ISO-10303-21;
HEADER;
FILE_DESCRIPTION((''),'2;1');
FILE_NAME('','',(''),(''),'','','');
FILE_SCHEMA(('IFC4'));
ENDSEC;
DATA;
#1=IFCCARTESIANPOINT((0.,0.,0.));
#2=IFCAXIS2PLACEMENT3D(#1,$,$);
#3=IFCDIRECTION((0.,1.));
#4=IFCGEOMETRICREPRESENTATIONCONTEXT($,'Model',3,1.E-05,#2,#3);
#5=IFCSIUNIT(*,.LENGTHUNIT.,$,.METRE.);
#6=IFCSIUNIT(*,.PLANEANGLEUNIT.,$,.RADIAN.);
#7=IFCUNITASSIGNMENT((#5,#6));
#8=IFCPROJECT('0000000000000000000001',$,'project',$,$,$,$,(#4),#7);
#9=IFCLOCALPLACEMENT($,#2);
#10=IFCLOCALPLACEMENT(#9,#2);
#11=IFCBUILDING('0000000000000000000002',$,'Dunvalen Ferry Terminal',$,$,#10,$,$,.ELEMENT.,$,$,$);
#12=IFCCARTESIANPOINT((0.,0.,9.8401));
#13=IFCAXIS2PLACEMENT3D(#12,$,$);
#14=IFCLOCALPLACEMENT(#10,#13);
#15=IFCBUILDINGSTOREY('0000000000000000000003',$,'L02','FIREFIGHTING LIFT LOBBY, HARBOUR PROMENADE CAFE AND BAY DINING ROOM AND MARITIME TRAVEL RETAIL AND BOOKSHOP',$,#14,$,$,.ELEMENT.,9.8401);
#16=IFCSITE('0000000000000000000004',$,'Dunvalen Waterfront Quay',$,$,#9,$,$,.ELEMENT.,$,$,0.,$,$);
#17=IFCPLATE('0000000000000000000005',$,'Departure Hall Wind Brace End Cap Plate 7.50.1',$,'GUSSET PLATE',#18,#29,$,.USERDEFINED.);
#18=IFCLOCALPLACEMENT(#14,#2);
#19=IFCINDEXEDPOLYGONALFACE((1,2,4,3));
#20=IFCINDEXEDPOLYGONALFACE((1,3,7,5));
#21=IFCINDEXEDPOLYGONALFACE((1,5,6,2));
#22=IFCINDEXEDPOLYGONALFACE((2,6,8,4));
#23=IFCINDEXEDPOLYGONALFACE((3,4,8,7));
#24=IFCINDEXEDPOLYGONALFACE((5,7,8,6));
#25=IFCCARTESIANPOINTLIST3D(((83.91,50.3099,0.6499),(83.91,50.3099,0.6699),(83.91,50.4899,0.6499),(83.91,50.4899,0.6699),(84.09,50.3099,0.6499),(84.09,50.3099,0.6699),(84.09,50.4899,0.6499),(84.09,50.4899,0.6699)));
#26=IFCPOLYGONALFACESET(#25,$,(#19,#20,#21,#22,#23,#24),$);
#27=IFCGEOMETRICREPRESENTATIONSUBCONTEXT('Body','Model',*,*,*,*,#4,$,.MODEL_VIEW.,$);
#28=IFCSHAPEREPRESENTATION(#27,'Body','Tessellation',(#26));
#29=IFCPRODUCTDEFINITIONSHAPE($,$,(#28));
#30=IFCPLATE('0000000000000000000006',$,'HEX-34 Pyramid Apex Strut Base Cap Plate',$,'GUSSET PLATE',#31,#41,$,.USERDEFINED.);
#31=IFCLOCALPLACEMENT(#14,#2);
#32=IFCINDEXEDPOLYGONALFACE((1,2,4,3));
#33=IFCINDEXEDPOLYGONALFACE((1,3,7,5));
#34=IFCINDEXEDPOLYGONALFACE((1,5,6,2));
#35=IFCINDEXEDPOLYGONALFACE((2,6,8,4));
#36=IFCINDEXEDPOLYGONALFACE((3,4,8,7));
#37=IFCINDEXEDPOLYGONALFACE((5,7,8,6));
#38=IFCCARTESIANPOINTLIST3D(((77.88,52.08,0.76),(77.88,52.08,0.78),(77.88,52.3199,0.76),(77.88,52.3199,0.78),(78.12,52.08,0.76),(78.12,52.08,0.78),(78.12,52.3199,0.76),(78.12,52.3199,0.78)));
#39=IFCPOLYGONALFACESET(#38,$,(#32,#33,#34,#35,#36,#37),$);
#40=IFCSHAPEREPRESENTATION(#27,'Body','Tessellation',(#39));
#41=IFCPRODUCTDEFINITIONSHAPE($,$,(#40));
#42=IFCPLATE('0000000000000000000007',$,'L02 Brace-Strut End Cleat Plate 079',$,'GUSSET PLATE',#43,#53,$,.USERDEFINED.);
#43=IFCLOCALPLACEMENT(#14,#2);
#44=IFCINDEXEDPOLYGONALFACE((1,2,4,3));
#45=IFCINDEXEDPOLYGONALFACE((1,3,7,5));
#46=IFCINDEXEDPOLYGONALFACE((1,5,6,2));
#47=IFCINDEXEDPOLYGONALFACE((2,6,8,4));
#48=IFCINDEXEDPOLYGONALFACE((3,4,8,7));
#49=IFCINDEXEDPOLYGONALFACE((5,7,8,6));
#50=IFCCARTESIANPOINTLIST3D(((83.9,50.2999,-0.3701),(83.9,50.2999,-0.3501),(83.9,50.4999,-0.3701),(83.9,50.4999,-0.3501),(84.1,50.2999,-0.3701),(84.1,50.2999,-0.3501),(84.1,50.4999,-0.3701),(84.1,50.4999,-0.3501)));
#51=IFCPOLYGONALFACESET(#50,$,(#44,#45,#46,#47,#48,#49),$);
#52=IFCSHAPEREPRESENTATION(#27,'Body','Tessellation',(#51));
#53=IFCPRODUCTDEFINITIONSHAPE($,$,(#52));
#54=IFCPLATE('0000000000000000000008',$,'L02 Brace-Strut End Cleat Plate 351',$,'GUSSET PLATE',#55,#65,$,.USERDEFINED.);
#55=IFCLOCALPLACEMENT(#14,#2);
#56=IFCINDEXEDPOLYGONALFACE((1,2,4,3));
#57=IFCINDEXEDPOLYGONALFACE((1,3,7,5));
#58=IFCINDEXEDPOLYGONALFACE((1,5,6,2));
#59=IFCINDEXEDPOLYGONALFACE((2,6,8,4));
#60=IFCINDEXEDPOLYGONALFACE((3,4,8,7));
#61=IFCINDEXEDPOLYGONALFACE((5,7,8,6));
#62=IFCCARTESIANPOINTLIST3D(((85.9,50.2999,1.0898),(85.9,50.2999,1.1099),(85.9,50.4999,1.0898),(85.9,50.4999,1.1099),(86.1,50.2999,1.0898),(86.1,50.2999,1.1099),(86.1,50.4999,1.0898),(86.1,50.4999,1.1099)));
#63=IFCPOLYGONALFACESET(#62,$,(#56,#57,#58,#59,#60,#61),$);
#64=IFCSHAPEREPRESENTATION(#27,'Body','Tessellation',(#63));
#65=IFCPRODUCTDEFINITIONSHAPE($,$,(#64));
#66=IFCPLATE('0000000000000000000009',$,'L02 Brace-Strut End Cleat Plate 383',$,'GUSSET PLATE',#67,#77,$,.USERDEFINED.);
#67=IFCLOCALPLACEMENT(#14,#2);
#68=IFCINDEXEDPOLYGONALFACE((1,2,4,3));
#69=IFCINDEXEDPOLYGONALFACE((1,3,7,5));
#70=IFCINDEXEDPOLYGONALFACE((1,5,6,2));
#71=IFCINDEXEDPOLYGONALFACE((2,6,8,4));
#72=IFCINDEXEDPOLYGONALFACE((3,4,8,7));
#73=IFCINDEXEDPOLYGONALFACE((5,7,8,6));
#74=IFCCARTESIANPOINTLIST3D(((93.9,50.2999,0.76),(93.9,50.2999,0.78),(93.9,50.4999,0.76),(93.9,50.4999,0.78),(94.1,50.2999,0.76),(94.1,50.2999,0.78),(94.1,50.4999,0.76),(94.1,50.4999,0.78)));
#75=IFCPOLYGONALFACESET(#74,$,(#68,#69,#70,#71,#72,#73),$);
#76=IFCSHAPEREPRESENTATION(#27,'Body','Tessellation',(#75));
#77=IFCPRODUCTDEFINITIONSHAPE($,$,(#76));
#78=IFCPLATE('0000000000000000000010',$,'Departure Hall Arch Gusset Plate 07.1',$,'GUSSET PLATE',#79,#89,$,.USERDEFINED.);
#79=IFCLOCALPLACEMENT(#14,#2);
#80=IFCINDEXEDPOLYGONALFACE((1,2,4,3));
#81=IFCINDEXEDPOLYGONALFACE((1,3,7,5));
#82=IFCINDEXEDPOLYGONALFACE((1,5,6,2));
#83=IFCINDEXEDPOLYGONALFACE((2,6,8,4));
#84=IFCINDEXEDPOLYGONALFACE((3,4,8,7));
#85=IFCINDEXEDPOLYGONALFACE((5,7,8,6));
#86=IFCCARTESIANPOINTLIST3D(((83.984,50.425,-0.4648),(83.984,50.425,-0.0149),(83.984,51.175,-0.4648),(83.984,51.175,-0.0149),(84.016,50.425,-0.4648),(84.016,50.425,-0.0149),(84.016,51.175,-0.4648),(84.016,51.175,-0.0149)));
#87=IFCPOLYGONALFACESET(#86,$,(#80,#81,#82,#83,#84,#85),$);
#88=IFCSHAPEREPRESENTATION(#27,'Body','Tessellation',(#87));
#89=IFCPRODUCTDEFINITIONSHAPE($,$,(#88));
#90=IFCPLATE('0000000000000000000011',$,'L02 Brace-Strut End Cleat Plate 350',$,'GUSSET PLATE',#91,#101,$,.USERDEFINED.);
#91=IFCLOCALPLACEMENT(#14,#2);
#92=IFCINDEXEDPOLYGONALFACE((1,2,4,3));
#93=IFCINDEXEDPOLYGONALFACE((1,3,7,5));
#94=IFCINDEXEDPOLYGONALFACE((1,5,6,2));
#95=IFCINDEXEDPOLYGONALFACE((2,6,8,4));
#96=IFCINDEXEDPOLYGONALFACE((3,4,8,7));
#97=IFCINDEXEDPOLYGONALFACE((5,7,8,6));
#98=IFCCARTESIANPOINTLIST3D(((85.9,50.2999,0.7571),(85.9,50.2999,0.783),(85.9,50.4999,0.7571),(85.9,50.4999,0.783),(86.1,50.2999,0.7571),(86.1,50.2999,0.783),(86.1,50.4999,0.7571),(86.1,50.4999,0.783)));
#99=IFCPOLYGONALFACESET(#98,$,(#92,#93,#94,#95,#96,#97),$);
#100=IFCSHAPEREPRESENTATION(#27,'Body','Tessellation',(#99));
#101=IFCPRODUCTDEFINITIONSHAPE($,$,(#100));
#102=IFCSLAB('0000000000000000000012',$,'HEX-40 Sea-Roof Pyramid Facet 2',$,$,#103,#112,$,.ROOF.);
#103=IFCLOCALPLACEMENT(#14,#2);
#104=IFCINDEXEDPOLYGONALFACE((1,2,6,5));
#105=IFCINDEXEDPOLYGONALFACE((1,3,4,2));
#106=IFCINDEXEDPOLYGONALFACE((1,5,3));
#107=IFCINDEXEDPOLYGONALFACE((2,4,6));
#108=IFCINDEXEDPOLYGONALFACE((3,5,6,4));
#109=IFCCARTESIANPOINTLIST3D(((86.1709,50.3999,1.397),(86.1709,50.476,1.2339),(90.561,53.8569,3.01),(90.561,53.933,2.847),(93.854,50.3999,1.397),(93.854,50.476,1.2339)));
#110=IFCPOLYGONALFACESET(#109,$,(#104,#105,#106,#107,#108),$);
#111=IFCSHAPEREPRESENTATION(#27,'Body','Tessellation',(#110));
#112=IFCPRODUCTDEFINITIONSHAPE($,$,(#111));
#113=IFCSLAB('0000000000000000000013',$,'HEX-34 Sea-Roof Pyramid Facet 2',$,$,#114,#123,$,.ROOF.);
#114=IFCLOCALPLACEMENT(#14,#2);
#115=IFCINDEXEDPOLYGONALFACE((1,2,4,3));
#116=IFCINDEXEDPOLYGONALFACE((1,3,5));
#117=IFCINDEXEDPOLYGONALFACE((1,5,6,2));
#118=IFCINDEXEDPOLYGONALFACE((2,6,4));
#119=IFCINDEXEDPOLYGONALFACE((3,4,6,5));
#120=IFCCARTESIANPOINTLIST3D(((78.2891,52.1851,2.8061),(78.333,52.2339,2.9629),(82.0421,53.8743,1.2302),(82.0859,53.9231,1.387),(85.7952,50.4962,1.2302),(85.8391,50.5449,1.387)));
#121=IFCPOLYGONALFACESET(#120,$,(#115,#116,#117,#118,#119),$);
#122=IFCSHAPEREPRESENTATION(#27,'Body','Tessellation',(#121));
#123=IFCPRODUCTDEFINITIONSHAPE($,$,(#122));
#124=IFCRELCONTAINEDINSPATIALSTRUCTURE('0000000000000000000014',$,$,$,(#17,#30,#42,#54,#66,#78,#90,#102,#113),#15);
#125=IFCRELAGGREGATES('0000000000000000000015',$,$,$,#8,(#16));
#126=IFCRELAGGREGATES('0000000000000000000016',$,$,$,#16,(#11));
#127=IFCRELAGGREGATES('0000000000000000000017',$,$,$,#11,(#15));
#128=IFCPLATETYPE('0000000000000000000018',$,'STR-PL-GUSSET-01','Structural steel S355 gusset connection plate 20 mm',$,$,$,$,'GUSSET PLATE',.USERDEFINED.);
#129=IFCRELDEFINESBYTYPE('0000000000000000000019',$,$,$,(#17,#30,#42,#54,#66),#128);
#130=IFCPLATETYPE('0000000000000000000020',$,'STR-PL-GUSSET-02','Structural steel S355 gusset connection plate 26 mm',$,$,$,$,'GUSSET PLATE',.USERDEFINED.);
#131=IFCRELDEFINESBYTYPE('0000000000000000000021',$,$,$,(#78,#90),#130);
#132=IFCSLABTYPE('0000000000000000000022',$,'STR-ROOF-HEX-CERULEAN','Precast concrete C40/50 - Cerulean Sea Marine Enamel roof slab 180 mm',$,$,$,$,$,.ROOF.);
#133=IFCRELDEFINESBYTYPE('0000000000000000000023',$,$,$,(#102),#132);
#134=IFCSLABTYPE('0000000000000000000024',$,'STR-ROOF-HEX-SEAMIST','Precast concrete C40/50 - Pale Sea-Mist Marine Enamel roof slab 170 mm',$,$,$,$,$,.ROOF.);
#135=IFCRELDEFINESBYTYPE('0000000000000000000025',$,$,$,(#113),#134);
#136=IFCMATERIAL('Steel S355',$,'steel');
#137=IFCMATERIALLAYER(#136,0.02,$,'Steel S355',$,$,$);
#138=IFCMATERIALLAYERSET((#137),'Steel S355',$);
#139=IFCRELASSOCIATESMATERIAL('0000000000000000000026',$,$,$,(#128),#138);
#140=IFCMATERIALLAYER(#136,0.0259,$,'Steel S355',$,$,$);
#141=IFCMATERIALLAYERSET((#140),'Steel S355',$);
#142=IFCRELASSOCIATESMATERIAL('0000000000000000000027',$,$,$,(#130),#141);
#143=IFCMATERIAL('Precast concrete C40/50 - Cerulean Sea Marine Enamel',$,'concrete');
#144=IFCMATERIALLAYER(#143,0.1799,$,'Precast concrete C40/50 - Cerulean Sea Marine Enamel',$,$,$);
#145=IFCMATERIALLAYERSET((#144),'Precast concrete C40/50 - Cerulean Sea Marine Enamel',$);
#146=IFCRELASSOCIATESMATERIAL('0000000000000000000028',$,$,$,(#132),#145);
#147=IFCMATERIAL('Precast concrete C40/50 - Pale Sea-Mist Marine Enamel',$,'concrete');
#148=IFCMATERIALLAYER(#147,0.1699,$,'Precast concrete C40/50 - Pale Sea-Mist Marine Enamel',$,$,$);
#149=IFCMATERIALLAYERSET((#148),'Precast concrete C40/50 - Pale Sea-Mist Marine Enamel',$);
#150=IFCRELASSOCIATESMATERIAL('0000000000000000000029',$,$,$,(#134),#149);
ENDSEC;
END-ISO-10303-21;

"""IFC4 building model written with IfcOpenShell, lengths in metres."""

from ifc_helpers import new_model, si_unit, direction, frame, origin, origin_2d, place, context, subcontext, project, spatial, polyline, rectangle, outline, extrude, material, layer, layer_set, type_object, element, save


model = new_model("IFC4")

# Units and contexts
model_context = context("Model", 3, precision=1e-05, world=origin(), true_north=direction((0.0, 1.0)))
body_context = subcontext(model_context, "Body", "Model", "MODEL_VIEW")
ifc_project = project(units=[si_unit("LENGTHUNIT", "METRE"), si_unit("PLANEANGLEUNIT", "RADIAN")], contexts=[model_context])

# Site, building, storey
site_placement = place(None, origin())
site = spatial("IfcSite", under=ifc_project, at=site_placement, Name="Dunvalen Waterfront Quay", CompositionType="ELEMENT", RefElevation=0.0)
building_placement = place(site_placement, origin())
building = spatial("IfcBuilding", under=site, at=building_placement, Name="Dunvalen Ferry Terminal", CompositionType="ELEMENT")
storey_placement = place(building_placement, frame((0.0, 0.0, 9.8401)))
storey = spatial("IfcBuildingStorey", under=building, at=storey_placement, Name="L02", Description="FIREFIGHTING LIFT LOBBY, HARBOUR PROMENADE CAFE AND BAY DINING ROOM AND MARITIME TRAVEL RETAIL AND BOOKSHOP", CompositionType="ELEMENT", Elevation=9.8401)

# Shared definitions
ifc_material_1 = material(Name="Steel S355", Category="steel")

# Plates
ifc_layer_1 = layer(ifc_material_1, 0.02, Name="Steel S355")
ifc_layer_set_1 = layer_set([ifc_layer_1], Name="Steel S355")
plate_type_1 = type_object("IfcPlateType", Name="STR-PL-GUSSET-01", Description="Structural steel S355 gusset connection plate 20 mm", ElementType="GUSSET PLATE", PredefinedType="USERDEFINED", material=ifc_layer_set_1)
plate_1_placement = place(storey_placement, frame((84.0, 50.3999, 0.6499), z_axis=(0.0, 0.0, 1.0), x_axis=(1.0, 0.0, 0.0)))
element("IfcPlate", 1, at=plate_1_placement, inside=storey, type_object=plate_type_1, Name="Departure Hall Wind Brace End Cap Plate 7.50.1", ObjectType="GUSSET PLATE", PredefinedType="USERDEFINED", context=body_context, shape_type="SweptSolid", body=[
    extrude(rectangle(XDim=0.1799, YDim=0.1799, at=origin_2d()), origin(), (0.0, 0.0, 1.0), 0.02),
])
plate_2_placement = place(storey_placement, frame((78.0, 52.2, 0.76), z_axis=(0.0, 0.0, 1.0), x_axis=(1.0, 0.0, 0.0)))
element("IfcPlate", 2, at=plate_2_placement, inside=storey, type_object=plate_type_1, Name="HEX-34 Pyramid Apex Strut Base Cap Plate", ObjectType="GUSSET PLATE", PredefinedType="USERDEFINED", context=body_context, shape_type="SweptSolid", body=[
    extrude(rectangle(XDim=0.24, YDim=0.24, at=origin_2d()), origin(), (0.0, 0.0, 1.0), 0.02),
])
for number, where, z_axis, x_axis, name in (
    (3, (84.0, 50.3999, -0.3701), (0.0, 0.0, 1.0), (1.0, 0.0, 0.0), "L02 Brace-Strut End Cleat Plate 079"),
    (4, (86.0, 50.3999, 1.0898), (0.0, 0.0, 1.0), (1.0, 0.0, 0.0), "L02 Brace-Strut End Cleat Plate 351"),
    (5, (94.0, 50.3999, 0.76), (0.0, 0.0, 1.0), (1.0, 0.0, 0.0), "L02 Brace-Strut End Cleat Plate 383"),
):
    element("IfcPlate", number, at=place(storey_placement, frame(where, z_axis=z_axis, x_axis=x_axis)), inside=storey, type_object=plate_type_1, Name=name, ObjectType="GUSSET PLATE", PredefinedType="USERDEFINED", context=body_context, shape_type="SweptSolid", body=[
        extrude(rectangle(XDim=0.2, YDim=0.2, at=origin_2d()), origin(), (0.0, 0.0, 1.0), 0.02),
    ])
ifc_layer_2 = layer(ifc_material_1, 0.0259, Name="Steel S355")
ifc_layer_set_2 = layer_set([ifc_layer_2], Name="Steel S355")
plate_type_2 = type_object("IfcPlateType", Name="STR-PL-GUSSET-02", Description="Structural steel S355 gusset connection plate 26 mm", ElementType="GUSSET PLATE", PredefinedType="USERDEFINED", material=ifc_layer_set_2)
plate_3_placement = place(storey_placement, frame((84.0, 50.8, -0.4648), z_axis=(0.0, 0.0, 1.0), x_axis=(1.0, 0.0, 0.0)))
element("IfcPlate", 6, at=plate_3_placement, inside=storey, type_object=plate_type_2, Name="Departure Hall Arch Gusset Plate 07.1", ObjectType="GUSSET PLATE", PredefinedType="USERDEFINED", context=body_context, shape_type="SweptSolid", body=[
    extrude(rectangle(XDim=0.032, YDim=0.75, at=origin_2d()), origin(), (0.0, 0.0, 1.0), 0.45),
])
plate_4_placement = place(storey_placement, frame((86.0, 50.3999, 0.7571), z_axis=(0.0, 0.0, 1.0), x_axis=(1.0, 0.0, 0.0)))
element("IfcPlate", 7, at=plate_4_placement, inside=storey, type_object=plate_type_2, Name="L02 Brace-Strut End Cleat Plate 350", ObjectType="GUSSET PLATE", PredefinedType="USERDEFINED", context=body_context, shape_type="SweptSolid", body=[
    extrude(rectangle(XDim=0.2, YDim=0.2, at=origin_2d()), origin(), (0.0, 0.0, 1.0), 0.0259),
])

# Slabs
ifc_material_2 = material(Name="Precast concrete C40/50 - Cerulean Sea Marine Enamel", Category="concrete")
ifc_layer_3 = layer(ifc_material_2, 0.1799, Name="Precast concrete C40/50 - Cerulean Sea Marine Enamel")
ifc_layer_set_3 = layer_set([ifc_layer_3], Name="Precast concrete C40/50 - Cerulean Sea Marine Enamel")
slab_type_1 = type_object("IfcSlabType", Name="STR-ROOF-HEX-CERULEAN", Description="Precast concrete C40/50 - Cerulean Sea Marine Enamel roof slab 180 mm", PredefinedType="ROOF", material=ifc_layer_set_3)
slab_1_placement = place(storey_placement, frame((86.1709, 50.3999, 1.397), z_axis=(0.0, -0.422833, 0.906208), x_axis=(1.0, 0.0, 0.0)))
element("IfcSlab", 8, at=slab_1_placement, inside=storey, type_object=slab_type_1, Name="HEX-40 Sea-Roof Pyramid Facet 2", PredefinedType="ROOF", context=body_context, shape_type="SweptSolid", body=[
    extrude(outline(polyline([(0.0, 0.0), (7.6831, 0.0), (4.3901, 3.8148), (0.0, 0.0)])), origin(), (0.0, 0.0, -1.0), 0.1799),
])
ifc_material_3 = material(Name="Precast concrete C40/50 - Pale Sea-Mist Marine Enamel", Category="concrete")
ifc_layer_4 = layer(ifc_material_3, 0.1699, Name="Precast concrete C40/50 - Pale Sea-Mist Marine Enamel")
ifc_layer_set_4 = layer_set([ifc_layer_4], Name="Precast concrete C40/50 - Pale Sea-Mist Marine Enamel")
slab_type_2 = type_object("IfcSlabType", Name="STR-ROOF-HEX-SEAMIST", Description="Precast concrete C40/50 - Pale Sea-Mist Marine Enamel roof slab 170 mm", PredefinedType="ROOF", material=ifc_layer_set_4)
slab_2_placement = place(storey_placement, frame((85.8391, 50.5449, 1.387), z_axis=(0.258238, 0.286904, 0.922496), x_axis=(-0.743263, 0.668999, 0.0)))
element("IfcSlab", 9, at=slab_2_placement, inside=storey, type_object=slab_type_2, Name="HEX-34 Sea-Roof Pyramid Facet 2", PredefinedType="ROOF", context=body_context, shape_type="SweptSolid", body=[
    extrude(outline(polyline([(0.0, 0.0), (5.0496, 0.0), (6.7089, 4.0827), (0.0, 0.0)])), origin(), (0.0, 0.0, -1.0), 0.1699),
])

save(model, "model.ifc")
